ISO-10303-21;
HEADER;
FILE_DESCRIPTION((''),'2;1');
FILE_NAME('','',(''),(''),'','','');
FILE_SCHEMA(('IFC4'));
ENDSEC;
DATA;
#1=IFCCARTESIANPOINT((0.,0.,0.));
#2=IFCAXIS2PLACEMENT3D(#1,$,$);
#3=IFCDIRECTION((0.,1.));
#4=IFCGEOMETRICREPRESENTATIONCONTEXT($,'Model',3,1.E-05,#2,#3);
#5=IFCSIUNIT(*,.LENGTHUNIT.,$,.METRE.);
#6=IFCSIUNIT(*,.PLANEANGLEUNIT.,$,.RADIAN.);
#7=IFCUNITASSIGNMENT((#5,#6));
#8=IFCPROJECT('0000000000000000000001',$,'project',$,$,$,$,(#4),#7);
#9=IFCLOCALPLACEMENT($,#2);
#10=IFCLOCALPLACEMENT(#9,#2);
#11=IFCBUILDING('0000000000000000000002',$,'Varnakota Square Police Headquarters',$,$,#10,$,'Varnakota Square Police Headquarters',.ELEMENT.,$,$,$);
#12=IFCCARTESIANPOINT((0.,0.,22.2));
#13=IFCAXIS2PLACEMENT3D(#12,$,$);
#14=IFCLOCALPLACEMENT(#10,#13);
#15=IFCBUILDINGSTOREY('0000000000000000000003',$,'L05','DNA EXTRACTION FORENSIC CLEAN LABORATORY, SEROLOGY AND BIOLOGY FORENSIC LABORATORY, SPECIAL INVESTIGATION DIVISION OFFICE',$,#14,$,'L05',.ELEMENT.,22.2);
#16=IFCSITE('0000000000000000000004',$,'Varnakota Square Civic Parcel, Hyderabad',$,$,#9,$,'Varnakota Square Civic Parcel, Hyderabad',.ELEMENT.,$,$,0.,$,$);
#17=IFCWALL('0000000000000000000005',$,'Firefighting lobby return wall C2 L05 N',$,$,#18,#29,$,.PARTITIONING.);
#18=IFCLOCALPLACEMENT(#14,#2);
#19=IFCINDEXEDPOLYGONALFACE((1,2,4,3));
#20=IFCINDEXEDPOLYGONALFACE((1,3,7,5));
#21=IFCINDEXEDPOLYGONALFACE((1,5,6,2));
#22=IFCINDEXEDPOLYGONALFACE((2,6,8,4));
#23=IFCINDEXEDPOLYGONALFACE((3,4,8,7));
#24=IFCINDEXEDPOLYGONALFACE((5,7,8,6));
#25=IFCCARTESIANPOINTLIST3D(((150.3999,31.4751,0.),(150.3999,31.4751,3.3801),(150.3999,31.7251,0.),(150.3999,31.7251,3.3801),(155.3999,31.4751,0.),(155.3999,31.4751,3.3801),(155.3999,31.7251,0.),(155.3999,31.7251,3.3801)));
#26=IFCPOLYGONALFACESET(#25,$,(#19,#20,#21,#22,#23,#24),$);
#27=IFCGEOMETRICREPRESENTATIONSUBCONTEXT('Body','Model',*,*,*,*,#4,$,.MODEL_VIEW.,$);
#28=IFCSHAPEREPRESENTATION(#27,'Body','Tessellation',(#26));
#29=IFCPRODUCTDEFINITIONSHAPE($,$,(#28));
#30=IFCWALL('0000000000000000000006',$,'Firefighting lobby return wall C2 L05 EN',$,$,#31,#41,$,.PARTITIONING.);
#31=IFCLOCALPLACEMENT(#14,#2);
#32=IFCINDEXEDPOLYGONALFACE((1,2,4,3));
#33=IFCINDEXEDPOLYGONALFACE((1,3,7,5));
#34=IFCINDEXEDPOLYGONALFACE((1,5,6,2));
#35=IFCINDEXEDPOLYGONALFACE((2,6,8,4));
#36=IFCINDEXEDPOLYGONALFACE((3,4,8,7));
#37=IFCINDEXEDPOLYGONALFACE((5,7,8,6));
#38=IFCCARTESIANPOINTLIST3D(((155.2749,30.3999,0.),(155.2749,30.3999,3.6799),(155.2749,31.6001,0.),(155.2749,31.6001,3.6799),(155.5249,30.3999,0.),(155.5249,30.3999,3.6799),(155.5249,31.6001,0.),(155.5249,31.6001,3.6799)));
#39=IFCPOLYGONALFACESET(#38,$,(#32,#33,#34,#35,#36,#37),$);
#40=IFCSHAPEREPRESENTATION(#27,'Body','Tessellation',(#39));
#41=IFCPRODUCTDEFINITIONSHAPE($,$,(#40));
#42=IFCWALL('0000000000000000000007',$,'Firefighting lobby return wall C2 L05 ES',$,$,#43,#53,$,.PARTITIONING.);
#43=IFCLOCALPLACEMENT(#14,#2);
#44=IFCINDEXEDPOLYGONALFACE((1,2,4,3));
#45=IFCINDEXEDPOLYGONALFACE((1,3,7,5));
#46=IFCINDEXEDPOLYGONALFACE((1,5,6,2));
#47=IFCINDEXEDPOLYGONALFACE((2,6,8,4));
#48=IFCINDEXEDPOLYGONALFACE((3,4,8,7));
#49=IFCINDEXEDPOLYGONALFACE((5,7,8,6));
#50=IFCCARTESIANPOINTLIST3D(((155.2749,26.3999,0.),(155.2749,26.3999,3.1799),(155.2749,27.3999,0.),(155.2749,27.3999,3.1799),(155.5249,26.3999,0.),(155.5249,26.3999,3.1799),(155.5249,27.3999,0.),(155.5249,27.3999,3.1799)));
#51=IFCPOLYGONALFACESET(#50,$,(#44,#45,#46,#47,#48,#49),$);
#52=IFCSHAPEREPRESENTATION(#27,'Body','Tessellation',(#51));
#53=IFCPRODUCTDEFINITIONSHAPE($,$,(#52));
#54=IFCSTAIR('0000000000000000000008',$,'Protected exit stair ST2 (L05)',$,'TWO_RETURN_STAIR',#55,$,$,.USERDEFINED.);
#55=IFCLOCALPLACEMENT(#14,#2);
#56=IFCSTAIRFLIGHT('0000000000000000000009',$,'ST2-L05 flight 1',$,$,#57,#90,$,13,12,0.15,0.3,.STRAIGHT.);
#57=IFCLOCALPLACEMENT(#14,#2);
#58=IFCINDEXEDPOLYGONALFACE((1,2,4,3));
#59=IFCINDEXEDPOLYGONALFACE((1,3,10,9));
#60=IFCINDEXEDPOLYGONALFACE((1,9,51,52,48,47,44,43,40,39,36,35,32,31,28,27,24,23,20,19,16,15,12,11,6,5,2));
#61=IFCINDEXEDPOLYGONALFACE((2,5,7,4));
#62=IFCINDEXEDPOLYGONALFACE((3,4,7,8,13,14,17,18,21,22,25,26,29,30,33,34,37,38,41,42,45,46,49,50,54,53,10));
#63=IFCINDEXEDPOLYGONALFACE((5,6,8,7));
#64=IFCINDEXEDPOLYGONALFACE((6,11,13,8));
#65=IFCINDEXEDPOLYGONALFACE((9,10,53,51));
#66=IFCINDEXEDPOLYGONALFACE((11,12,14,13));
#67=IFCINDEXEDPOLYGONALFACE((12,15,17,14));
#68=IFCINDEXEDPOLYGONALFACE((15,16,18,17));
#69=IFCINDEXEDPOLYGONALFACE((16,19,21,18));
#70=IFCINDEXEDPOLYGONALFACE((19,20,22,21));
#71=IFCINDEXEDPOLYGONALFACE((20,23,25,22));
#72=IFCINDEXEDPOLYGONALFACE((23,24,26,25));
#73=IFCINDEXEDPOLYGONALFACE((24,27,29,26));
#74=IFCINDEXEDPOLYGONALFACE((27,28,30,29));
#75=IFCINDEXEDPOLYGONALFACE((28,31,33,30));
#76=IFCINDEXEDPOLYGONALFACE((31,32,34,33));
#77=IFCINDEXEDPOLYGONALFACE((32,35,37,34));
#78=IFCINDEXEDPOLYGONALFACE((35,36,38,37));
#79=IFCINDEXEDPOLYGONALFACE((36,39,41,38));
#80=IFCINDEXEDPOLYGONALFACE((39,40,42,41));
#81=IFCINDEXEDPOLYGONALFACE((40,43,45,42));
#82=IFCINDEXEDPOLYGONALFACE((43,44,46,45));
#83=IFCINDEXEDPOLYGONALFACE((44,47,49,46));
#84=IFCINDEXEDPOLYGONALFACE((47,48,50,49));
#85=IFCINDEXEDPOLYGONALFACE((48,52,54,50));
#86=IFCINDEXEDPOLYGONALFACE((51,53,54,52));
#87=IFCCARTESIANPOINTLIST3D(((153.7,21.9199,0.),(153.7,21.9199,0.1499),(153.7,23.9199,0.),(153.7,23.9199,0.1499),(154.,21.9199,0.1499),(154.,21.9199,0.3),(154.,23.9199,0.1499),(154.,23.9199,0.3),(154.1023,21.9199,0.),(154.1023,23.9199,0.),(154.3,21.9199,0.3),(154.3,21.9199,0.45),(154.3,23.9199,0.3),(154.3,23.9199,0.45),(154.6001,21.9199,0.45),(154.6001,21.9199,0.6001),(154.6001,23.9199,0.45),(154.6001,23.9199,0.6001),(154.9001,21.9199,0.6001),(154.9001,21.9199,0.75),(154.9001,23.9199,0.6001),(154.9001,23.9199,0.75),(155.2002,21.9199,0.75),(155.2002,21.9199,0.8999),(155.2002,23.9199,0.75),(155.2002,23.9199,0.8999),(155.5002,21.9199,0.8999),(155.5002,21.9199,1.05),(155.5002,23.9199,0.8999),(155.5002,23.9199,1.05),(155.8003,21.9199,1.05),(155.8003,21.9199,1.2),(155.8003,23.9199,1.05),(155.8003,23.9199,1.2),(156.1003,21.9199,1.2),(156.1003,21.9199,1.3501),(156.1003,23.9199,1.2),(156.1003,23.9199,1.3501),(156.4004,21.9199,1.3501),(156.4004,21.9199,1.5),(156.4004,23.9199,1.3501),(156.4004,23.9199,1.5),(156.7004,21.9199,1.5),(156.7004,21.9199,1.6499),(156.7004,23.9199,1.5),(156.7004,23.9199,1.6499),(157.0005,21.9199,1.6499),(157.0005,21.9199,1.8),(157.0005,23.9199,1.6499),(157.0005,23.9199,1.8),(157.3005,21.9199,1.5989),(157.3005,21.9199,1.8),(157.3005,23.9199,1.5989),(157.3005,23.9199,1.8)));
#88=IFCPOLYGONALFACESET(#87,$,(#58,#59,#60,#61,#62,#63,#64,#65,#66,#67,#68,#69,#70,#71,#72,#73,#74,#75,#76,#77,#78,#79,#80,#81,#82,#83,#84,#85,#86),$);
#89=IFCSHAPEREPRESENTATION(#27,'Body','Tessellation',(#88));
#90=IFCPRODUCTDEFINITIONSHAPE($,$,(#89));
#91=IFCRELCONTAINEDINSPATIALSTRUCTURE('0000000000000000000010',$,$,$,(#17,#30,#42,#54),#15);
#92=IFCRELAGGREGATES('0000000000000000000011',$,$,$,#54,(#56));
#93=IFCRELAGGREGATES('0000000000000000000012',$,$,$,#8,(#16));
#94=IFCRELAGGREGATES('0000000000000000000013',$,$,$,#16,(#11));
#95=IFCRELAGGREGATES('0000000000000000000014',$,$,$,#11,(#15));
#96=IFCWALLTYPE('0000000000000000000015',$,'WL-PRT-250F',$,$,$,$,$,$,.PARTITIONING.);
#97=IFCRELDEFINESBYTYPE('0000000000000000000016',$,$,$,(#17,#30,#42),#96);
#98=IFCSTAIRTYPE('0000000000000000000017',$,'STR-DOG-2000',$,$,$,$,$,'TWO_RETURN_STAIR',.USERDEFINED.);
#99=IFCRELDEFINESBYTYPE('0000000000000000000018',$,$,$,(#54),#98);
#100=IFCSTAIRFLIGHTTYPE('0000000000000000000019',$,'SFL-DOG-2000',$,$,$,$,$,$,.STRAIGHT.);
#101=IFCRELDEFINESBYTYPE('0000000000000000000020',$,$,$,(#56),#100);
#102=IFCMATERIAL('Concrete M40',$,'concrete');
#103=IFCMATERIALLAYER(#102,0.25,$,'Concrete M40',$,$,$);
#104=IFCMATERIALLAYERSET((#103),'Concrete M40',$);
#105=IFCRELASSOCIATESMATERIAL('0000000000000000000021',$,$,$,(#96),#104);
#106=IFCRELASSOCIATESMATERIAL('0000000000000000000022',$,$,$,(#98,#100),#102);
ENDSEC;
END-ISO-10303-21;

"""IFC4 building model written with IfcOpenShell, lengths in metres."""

from ifc_helpers import new_model, si_unit, direction, frame, frame_2d, origin, place, context, subcontext, project, spatial, polyline, rectangle, outline, extrude, material, layer, layer_set, type_object, element, aggregate, save


model = new_model("IFC4")

# Units and contexts
model_context = context("Model", 3, precision=1e-05, world=origin(), true_north=direction((0.0, 1.0)))
body_context = subcontext(model_context, "Body", "Model", "MODEL_VIEW")
ifc_project = project(units=[si_unit("LENGTHUNIT", "METRE"), si_unit("PLANEANGLEUNIT", "RADIAN")], contexts=[model_context])

# Site, building, storey
site_placement = place(None, origin())
site = spatial("IfcSite", under=ifc_project, at=site_placement, Name="Varnakota Square Civic Parcel, Hyderabad", LongName="Varnakota Square Civic Parcel, Hyderabad", CompositionType="ELEMENT", RefElevation=0.0)
building_placement = place(site_placement, origin())
building = spatial("IfcBuilding", under=site, at=building_placement, Name="Varnakota Square Police Headquarters", LongName="Varnakota Square Police Headquarters", CompositionType="ELEMENT")
storey_placement = place(building_placement, frame((0.0, 0.0, 22.2)))
storey = spatial("IfcBuildingStorey", under=building, at=storey_placement, Name="L05", Description="DNA EXTRACTION FORENSIC CLEAN LABORATORY, SEROLOGY AND BIOLOGY FORENSIC LABORATORY, SPECIAL INVESTIGATION DIVISION OFFICE", LongName="L05", CompositionType="ELEMENT", Elevation=22.2)

# Shared definitions
ifc_material_1 = material(Name="Concrete M40", Category="concrete")

# Shared definitions
ifc_layer_1 = layer(ifc_material_1, 0.25, Name="Concrete M40")
ifc_layer_set_1 = layer_set([ifc_layer_1], Name="Concrete M40")
wall_type_1 = type_object("IfcWallType", Name="WL-PRT-250F", PredefinedType="PARTITIONING", material=ifc_layer_set_1)

# Walls
wall_1_placement = place(storey_placement, frame((150.3999, 31.6001, 0.0), z_axis=(0.0, 0.0, 1.0), x_axis=(1.0, 0.0, 0.0)))
element("IfcWall", 1, at=wall_1_placement, inside=storey, type_object=wall_type_1, Name="Firefighting lobby return wall C2 L05 N", PredefinedType="PARTITIONING", context=body_context, shape_type="SweptSolid", body=[
    extrude(rectangle(XDim=5.0, YDim=0.25, at=frame_2d((2.5, 0.0))), origin(), (0.0, 0.0, 1.0), 3.3801),
])
wall_2_placement = place(storey_placement, frame((155.3999, 30.3999, 0.0), z_axis=(0.0, 0.0, 1.0), x_axis=(0.0, 1.0, 0.0)))
element("IfcWall", 2, at=wall_2_placement, inside=storey, type_object=wall_type_1, Name="Firefighting lobby return wall C2 L05 EN", PredefinedType="PARTITIONING", context=body_context, shape_type="SweptSolid", body=[
    extrude(rectangle(XDim=1.2002, YDim=0.25, at=frame_2d((0.6001, 0.0))), origin(), (0.0, 0.0, 1.0), 3.6799),
])
wall_3_placement = place(storey_placement, frame((155.3999, 26.3999, 0.0), z_axis=(0.0, 0.0, 1.0), x_axis=(0.0, 1.0, 0.0)))
element("IfcWall", 3, at=wall_3_placement, inside=storey, type_object=wall_type_1, Name="Firefighting lobby return wall C2 L05 ES", PredefinedType="PARTITIONING", context=body_context, shape_type="SweptSolid", body=[
    extrude(rectangle(XDim=1.0, YDim=0.25, at=frame_2d((0.5, 0.0))), origin(), (0.0, 0.0, 1.0), 3.1799),
])

# Stair, stair flight
stair_type = type_object("IfcStairType", Name="STR-DOG-2000", ElementType="TWO_RETURN_STAIR", PredefinedType="USERDEFINED", material=ifc_material_1)
stair_placement = place(storey_placement, origin())
stair = element("IfcStair", 4, at=stair_placement, inside=storey, type_object=stair_type, Name="Protected exit stair ST2 (L05)", ObjectType="TWO_RETURN_STAIR", PredefinedType="USERDEFINED")
stair_flight_type = type_object("IfcStairFlightType", Name="SFL-DOG-2000", PredefinedType="STRAIGHT", material=ifc_material_1)
stair_flight_placement = place(storey_placement, frame((153.7, 22.9199, 0.0), z_axis=(0.0, 0.0, 1.0), x_axis=(1.0, 0.0, 0.0)))
stair_flight = element("IfcStairFlight", 5, at=stair_flight_placement, type_object=stair_flight_type, Name="ST2-L05 flight 1", NumberOfRisers=13, NumberOfTreads=12, PredefinedType="STRAIGHT", RiserHeight=0.15, TreadLength=0.3, context=body_context, shape_type="SweptSolid", body=[
    extrude(outline(polyline([(0.0, 0.0), (0.0, 0.1499), (0.3, 0.1499), (0.3, 0.3), (0.6001, 0.3), (0.6001, 0.45), (0.9001, 0.45), (0.9001, 0.6001), (1.2002, 0.6001), (1.2002, 0.75), (1.5002, 0.75), (1.5002, 0.8999), (1.8003, 0.8999), (1.8003, 1.05), (2.1003, 1.05), (2.1003, 1.2), (2.4004, 1.2), (2.4004, 1.3501), (2.7004, 1.3501), (2.7004, 1.5), (3.0005, 1.5), (3.0005, 1.6499), (3.3005, 1.6499), (3.3005, 1.8), (3.6006, 1.8), (3.6006, 1.95), (3.6006, 1.5989), (0.4023, 0.0), (0.0, 0.0)])), frame((0.0, 1.0, 0.0), z_axis=(0.0, -1.0, 0.0), x_axis=(1.0, 0.0, 0.0)), (0.0, 0.0, 1.0), 2.0),
])
aggregate(stair, [stair_flight])

save(model, "model.ifc")
